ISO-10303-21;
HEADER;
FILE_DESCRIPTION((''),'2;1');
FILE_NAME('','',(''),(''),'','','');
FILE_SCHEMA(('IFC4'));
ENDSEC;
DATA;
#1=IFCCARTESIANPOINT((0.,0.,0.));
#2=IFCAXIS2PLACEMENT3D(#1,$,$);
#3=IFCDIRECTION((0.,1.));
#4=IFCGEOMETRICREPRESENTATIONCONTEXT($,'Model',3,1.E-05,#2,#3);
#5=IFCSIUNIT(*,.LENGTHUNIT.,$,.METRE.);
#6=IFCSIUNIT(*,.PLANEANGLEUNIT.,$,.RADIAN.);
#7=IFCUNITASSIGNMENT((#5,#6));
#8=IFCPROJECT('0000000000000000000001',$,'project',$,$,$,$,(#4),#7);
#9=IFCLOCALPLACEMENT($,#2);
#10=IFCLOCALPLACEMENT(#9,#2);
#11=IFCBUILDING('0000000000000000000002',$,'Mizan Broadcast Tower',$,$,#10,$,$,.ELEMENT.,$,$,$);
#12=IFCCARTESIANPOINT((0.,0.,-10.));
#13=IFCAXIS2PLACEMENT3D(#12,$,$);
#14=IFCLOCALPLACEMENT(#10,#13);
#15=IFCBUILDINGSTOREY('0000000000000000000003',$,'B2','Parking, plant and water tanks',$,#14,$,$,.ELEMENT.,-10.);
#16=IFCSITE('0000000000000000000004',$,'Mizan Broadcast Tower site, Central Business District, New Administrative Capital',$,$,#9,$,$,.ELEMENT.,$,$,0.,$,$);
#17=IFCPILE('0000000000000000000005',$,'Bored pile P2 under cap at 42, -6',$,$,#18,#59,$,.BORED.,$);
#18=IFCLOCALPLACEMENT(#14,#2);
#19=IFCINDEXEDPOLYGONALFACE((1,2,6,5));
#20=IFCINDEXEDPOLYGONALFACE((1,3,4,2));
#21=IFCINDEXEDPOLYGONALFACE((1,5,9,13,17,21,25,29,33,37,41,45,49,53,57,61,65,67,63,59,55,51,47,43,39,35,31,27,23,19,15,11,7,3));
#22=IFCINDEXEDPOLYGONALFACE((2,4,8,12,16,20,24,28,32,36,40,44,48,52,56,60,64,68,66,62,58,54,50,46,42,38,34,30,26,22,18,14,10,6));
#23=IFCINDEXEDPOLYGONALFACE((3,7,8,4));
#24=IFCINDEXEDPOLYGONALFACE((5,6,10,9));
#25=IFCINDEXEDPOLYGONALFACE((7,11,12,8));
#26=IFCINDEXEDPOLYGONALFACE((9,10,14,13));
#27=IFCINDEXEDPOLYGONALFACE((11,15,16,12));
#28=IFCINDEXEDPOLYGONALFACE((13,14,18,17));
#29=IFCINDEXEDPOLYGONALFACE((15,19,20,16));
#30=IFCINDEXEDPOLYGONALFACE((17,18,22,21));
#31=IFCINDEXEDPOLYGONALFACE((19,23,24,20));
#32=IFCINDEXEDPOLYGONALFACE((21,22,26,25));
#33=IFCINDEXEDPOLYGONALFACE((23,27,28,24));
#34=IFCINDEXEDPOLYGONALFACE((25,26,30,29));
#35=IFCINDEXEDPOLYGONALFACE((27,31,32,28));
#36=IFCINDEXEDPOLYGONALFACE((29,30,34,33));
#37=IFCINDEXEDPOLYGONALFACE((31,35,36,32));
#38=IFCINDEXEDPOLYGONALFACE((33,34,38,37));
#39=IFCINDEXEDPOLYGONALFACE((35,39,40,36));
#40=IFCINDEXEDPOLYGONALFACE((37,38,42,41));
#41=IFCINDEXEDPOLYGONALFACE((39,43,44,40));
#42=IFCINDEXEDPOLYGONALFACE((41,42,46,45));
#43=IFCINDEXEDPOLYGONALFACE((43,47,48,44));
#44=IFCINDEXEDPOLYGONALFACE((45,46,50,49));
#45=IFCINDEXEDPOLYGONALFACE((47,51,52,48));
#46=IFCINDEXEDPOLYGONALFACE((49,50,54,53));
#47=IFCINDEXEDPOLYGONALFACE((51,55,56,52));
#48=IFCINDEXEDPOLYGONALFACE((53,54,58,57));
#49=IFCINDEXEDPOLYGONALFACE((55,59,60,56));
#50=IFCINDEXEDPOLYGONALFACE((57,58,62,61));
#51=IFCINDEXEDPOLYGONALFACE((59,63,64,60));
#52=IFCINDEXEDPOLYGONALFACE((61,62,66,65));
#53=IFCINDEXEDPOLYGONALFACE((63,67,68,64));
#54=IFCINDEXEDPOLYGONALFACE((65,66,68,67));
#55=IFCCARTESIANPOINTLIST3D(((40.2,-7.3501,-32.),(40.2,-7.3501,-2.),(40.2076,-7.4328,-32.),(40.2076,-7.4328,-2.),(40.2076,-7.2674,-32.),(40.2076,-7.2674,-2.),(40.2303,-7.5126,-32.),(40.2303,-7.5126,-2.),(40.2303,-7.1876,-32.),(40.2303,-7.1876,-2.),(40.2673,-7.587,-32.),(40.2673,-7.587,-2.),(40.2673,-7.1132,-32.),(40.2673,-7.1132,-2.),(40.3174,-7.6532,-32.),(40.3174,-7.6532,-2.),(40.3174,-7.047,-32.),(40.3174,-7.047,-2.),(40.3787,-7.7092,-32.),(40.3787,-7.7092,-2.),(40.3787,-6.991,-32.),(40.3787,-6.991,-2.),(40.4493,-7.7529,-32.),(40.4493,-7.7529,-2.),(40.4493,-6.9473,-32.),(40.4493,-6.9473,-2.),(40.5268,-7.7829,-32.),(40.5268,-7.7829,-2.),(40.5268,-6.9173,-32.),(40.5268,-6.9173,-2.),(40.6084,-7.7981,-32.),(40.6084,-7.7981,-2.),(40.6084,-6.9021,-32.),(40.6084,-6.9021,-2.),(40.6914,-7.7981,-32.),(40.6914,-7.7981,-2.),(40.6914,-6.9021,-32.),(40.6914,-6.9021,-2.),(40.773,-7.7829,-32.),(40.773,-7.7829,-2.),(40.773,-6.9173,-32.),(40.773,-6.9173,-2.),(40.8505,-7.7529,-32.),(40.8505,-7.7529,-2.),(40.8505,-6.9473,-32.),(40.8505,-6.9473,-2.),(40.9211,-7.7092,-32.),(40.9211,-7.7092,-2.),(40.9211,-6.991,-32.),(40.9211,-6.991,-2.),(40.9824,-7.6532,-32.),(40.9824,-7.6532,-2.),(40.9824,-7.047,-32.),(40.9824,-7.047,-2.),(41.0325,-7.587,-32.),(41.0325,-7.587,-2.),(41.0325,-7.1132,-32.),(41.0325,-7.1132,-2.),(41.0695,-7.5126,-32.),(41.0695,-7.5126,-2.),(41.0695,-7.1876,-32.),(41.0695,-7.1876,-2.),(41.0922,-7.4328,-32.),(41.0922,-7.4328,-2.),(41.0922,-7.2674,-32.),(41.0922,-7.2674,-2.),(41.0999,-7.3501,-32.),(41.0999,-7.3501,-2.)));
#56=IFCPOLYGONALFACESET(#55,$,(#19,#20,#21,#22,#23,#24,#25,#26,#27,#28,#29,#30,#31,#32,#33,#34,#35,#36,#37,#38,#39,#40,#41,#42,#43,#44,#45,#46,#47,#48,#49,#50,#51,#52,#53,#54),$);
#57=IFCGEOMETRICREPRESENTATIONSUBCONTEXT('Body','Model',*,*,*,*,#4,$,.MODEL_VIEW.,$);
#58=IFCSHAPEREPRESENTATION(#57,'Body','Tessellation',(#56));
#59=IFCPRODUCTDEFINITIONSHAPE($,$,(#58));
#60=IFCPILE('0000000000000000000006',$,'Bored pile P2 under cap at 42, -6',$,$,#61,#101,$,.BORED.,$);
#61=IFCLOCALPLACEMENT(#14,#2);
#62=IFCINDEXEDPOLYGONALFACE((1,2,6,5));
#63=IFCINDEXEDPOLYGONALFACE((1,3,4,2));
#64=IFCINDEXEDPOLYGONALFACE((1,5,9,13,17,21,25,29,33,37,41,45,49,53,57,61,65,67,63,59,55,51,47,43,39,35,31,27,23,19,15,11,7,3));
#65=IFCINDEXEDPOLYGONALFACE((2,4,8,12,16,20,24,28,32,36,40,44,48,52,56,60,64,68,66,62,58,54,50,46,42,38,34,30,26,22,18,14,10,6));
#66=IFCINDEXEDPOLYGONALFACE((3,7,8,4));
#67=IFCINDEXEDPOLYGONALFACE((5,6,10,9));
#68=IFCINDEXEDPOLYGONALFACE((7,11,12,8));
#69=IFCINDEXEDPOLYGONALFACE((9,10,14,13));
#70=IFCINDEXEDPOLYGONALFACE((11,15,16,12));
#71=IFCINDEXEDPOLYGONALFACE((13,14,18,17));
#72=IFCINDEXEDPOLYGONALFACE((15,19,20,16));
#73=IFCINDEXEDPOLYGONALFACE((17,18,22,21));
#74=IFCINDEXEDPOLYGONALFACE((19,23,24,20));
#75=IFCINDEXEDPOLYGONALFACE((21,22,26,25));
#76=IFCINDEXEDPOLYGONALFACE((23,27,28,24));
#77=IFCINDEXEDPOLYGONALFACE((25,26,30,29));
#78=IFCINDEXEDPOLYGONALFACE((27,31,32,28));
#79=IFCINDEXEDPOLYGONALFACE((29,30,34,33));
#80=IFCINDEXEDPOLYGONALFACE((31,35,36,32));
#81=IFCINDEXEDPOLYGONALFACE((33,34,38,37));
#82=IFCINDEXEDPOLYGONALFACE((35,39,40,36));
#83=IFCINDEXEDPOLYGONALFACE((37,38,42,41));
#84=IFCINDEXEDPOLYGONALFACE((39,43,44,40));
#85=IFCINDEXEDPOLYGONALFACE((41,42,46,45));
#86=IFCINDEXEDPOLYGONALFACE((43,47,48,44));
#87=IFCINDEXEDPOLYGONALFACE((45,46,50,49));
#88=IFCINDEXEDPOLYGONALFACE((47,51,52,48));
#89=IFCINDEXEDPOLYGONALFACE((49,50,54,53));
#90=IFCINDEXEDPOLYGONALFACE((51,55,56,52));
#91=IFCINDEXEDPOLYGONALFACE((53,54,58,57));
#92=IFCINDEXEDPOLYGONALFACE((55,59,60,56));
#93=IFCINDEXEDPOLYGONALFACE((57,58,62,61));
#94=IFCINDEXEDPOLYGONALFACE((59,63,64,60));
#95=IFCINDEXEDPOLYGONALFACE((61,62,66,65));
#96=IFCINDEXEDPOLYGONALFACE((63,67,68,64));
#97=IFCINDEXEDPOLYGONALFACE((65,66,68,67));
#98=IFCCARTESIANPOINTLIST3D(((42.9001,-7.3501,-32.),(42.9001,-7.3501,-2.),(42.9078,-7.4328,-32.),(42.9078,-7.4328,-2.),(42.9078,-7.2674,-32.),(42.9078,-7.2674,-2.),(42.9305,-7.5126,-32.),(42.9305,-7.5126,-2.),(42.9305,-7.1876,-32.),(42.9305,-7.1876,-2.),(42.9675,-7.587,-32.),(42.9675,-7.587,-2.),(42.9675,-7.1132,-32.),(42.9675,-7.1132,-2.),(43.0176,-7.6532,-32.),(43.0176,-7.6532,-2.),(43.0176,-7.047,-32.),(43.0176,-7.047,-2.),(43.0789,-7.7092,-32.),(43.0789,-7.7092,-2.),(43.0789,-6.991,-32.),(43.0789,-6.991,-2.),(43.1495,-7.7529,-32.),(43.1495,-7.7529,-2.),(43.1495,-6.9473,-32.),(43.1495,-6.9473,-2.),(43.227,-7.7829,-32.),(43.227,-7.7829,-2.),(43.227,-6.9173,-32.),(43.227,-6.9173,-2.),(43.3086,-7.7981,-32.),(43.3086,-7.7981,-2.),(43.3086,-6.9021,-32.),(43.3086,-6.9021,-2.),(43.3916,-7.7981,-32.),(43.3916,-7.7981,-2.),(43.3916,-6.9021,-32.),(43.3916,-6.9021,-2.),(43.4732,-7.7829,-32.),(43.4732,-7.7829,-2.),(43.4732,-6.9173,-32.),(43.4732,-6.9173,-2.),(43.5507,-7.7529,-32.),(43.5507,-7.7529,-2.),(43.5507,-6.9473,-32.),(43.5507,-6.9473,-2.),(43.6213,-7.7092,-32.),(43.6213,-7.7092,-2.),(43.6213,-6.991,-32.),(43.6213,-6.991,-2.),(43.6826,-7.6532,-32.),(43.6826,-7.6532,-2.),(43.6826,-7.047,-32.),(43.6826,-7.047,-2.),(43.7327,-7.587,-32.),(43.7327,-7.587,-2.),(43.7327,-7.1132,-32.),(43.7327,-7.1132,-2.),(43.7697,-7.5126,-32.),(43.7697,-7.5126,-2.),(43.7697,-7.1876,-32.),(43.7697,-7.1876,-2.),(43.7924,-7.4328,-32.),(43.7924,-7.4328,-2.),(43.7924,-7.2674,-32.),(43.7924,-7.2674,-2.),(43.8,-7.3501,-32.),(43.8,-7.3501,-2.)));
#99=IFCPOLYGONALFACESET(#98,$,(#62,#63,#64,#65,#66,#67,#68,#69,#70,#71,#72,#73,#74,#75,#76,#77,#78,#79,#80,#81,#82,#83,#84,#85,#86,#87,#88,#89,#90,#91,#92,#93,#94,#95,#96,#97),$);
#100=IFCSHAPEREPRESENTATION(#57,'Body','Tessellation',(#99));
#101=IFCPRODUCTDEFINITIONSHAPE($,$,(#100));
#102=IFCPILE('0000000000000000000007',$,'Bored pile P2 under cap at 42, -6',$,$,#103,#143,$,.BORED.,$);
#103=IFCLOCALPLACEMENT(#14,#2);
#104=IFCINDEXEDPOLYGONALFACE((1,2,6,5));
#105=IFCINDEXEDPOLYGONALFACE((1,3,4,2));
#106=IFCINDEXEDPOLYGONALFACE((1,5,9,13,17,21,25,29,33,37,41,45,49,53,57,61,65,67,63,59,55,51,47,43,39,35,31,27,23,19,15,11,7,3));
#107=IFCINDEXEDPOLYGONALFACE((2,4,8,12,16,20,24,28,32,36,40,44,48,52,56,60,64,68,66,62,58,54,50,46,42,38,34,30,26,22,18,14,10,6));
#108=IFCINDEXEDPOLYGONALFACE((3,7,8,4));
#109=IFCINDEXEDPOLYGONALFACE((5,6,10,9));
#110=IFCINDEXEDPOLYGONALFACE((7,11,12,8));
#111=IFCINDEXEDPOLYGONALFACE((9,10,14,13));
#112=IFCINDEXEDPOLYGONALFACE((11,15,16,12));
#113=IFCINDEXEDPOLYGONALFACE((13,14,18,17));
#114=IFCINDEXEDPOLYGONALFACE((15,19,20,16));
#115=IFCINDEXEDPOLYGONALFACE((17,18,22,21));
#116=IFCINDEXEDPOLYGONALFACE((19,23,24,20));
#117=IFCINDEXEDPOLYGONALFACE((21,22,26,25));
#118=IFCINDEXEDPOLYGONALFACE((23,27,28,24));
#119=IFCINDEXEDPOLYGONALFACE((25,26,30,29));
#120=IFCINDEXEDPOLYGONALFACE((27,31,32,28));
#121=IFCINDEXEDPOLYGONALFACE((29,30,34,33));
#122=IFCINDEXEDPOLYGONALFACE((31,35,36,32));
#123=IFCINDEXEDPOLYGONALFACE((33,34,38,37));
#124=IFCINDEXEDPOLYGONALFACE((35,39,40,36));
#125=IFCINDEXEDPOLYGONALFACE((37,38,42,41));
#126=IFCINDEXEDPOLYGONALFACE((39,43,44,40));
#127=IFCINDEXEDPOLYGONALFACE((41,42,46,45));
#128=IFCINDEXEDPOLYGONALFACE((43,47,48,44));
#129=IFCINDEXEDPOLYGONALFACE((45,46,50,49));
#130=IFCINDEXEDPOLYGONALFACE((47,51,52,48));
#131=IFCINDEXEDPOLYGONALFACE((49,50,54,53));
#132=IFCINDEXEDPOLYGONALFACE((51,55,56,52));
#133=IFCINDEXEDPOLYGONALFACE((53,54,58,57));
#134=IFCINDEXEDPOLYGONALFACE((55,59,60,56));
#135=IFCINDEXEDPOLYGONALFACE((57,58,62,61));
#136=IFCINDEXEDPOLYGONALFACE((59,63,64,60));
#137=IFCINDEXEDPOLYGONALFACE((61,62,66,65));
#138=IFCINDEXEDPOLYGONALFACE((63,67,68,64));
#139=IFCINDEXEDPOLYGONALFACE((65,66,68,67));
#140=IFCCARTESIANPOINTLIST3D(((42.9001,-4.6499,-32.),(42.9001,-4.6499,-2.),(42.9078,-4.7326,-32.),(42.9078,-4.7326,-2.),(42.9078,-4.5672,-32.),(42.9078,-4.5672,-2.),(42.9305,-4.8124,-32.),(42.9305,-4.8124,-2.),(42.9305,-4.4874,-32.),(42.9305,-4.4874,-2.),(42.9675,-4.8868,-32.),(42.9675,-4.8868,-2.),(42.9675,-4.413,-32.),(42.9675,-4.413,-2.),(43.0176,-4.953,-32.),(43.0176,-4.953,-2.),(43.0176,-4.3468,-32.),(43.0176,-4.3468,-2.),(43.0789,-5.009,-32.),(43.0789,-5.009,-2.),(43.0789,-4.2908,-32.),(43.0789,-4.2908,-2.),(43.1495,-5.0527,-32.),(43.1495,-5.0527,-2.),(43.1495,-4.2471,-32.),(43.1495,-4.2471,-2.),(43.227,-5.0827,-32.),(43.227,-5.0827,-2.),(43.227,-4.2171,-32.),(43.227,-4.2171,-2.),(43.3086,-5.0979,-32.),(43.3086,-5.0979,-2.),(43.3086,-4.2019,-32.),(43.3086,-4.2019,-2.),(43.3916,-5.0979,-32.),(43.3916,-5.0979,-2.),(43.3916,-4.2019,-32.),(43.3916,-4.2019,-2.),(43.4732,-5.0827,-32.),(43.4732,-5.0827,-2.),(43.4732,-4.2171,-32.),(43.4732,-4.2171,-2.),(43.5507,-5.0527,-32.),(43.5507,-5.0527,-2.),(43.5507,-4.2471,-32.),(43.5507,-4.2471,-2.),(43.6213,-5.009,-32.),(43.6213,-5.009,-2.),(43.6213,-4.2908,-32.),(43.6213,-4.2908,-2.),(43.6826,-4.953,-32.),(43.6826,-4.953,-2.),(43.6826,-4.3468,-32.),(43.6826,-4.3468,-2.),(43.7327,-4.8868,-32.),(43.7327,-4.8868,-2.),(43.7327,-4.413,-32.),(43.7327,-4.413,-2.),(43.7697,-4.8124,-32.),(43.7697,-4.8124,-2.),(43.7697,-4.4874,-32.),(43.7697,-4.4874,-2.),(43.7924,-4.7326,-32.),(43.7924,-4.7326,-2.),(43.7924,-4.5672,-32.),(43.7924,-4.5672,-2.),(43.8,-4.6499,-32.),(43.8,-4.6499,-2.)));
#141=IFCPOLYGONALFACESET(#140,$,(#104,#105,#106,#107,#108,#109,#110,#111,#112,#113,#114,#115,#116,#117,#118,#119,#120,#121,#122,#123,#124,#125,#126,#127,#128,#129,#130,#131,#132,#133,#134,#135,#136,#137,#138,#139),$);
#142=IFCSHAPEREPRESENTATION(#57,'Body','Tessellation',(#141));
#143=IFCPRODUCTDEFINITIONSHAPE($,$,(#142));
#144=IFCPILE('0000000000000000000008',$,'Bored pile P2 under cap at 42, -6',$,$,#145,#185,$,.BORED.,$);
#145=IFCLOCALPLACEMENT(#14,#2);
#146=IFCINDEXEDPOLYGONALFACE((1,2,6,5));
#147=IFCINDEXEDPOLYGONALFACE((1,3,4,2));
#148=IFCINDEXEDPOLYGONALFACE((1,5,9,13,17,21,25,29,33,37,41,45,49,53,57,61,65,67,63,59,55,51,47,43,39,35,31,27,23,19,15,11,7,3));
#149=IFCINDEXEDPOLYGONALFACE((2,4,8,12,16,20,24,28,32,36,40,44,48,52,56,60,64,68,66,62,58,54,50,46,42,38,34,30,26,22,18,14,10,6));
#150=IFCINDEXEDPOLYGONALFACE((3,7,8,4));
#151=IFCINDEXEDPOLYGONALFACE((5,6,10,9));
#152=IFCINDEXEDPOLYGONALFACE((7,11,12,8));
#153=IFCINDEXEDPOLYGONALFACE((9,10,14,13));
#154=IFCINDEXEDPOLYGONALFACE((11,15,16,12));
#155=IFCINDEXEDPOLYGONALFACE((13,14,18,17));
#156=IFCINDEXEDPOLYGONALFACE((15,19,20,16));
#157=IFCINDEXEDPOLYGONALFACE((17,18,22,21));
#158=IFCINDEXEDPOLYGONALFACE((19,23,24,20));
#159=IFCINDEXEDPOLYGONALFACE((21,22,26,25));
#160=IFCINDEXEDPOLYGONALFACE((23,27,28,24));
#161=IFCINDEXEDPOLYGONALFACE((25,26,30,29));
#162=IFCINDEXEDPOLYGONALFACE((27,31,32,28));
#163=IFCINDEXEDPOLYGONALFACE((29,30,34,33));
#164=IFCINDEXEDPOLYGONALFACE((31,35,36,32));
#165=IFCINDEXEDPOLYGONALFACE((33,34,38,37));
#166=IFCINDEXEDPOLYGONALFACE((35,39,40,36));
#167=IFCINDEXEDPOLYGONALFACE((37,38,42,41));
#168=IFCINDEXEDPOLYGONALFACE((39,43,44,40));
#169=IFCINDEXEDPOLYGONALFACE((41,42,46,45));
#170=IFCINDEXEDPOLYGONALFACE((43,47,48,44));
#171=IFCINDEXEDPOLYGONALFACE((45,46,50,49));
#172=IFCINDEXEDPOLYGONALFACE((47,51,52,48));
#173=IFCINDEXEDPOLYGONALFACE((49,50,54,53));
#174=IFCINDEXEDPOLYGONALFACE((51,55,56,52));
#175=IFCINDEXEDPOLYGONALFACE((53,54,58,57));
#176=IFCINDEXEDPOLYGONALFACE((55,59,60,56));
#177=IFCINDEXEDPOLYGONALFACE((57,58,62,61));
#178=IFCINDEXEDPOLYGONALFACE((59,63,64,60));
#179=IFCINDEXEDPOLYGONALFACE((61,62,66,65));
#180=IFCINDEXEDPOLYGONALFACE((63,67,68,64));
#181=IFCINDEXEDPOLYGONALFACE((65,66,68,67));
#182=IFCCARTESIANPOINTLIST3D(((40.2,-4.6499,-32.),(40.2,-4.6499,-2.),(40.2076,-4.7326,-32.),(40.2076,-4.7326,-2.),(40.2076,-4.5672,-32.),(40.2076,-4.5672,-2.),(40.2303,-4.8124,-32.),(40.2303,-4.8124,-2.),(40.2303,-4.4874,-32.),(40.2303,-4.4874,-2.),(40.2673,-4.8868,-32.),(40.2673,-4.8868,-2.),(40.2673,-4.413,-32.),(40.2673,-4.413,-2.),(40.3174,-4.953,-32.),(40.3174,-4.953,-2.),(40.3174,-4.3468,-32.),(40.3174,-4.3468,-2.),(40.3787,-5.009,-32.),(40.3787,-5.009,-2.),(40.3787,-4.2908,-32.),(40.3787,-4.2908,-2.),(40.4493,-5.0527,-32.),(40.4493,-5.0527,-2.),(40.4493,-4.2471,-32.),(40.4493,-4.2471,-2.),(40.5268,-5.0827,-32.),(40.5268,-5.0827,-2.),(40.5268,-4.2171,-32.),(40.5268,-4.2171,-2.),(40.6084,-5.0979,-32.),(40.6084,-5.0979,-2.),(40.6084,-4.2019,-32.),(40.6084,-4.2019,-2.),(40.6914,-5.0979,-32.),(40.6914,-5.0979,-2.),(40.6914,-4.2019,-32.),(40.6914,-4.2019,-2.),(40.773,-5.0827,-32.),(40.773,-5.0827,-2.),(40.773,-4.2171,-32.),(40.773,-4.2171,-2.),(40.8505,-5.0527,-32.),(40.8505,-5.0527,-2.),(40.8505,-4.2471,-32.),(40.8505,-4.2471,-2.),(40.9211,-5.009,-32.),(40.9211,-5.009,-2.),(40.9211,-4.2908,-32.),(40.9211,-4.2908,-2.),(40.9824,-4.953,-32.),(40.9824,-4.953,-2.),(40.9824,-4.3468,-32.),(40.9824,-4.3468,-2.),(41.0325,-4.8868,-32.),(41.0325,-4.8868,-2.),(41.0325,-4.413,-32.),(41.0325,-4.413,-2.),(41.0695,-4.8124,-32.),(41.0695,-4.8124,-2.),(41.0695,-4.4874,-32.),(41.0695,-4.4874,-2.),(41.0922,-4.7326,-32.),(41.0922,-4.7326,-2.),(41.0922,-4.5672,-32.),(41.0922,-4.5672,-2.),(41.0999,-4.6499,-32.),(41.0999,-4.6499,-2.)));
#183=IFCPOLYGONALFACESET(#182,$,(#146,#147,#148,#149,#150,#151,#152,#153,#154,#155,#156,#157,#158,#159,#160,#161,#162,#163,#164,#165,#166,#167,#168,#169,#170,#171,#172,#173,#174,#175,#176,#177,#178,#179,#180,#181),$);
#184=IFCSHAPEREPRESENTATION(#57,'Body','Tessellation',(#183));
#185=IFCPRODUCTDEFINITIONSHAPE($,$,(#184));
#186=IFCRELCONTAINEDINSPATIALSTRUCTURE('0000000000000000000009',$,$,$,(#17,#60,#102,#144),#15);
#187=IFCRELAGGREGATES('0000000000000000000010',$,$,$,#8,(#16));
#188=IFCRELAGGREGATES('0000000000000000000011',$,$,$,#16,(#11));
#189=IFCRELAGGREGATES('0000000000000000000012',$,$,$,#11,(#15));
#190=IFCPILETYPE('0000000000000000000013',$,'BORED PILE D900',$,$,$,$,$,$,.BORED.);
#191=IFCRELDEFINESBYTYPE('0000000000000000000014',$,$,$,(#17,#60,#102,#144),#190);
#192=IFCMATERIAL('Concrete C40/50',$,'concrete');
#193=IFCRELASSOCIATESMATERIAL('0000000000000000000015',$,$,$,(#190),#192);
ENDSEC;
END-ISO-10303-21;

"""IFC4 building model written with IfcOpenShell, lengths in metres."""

from ifc_helpers import new_model, si_unit, direction, frame, origin, origin_2d, place, context, subcontext, project, spatial, circle, extrude, material, material_profile, profile_set, type_object, element, save


model = new_model("IFC4")

# Units and contexts
model_context = context("Model", 3, precision=1e-05, world=origin(), true_north=direction((0.0, 1.0)))
body_context = subcontext(model_context, "Body", "Model", "MODEL_VIEW")
ifc_project = project(units=[si_unit("LENGTHUNIT", "METRE"), si_unit("PLANEANGLEUNIT", "RADIAN")], contexts=[model_context])

# Site, building, storey
site_placement = place(None, origin())
site = spatial("IfcSite", under=ifc_project, at=site_placement, Name="Mizan Broadcast Tower site, Central Business District, New Administrative Capital", CompositionType="ELEMENT", RefElevation=0.0)
building_placement = place(site_placement, origin())
building = spatial("IfcBuilding", under=site, at=building_placement, Name="Mizan Broadcast Tower", CompositionType="ELEMENT")
storey_placement = place(building_placement, frame((0.0, 0.0, -10.0)))
storey = spatial("IfcBuildingStorey", under=building, at=storey_placement, Name="B2", Description="Parking, plant and water tanks", CompositionType="ELEMENT", Elevation=-10.0)

# Piles
ifc_material_1 = material(Name="Concrete C40/50", Category="concrete")
ifc_material_profile_1 = material_profile(ifc_material_1, circle(Radius=0.45, at=origin_2d()), Name="D900")
ifc_profile_set_1 = profile_set([ifc_material_profile_1], Name="Concrete C40/50")
pile_type_1 = type_object("IfcPileType", Name="BORED PILE D900", PredefinedType="BORED", material=ifc_profile_set_1)
for number, where, z_axis, x_axis, name in (
    (1, (40.6499, -7.3501, -2.0), (0.0, 0.0, -1.0), (1.0, 0.0, 0.0), "Bored pile P2 under cap at 42, -6"),
    (2, (43.3501, -7.3501, -2.0), (0.0, 0.0, -1.0), (1.0, 0.0, 0.0), "Bored pile P2 under cap at 42, -6"),
    (3, (43.3501, -4.6499, -2.0), (0.0, 0.0, -1.0), (1.0, 0.0, 0.0), "Bored pile P2 under cap at 42, -6"),
    (4, (40.6499, -4.6499, -2.0), (0.0, 0.0, -1.0), (1.0, 0.0, 0.0), "Bored pile P2 under cap at 42, -6"),
):
    element("IfcPile", number, at=place(storey_placement, frame(where, z_axis=z_axis, x_axis=x_axis)), inside=storey, type_object=pile_type_1, Name=name, PredefinedType="BORED", context=body_context, shape_type="SweptSolid", body=[
        extrude(circle(Radius=0.45, at=origin_2d()), origin(), (0.0, 0.0, 1.0), 30.0),
    ])

save(model, "model.ifc")
